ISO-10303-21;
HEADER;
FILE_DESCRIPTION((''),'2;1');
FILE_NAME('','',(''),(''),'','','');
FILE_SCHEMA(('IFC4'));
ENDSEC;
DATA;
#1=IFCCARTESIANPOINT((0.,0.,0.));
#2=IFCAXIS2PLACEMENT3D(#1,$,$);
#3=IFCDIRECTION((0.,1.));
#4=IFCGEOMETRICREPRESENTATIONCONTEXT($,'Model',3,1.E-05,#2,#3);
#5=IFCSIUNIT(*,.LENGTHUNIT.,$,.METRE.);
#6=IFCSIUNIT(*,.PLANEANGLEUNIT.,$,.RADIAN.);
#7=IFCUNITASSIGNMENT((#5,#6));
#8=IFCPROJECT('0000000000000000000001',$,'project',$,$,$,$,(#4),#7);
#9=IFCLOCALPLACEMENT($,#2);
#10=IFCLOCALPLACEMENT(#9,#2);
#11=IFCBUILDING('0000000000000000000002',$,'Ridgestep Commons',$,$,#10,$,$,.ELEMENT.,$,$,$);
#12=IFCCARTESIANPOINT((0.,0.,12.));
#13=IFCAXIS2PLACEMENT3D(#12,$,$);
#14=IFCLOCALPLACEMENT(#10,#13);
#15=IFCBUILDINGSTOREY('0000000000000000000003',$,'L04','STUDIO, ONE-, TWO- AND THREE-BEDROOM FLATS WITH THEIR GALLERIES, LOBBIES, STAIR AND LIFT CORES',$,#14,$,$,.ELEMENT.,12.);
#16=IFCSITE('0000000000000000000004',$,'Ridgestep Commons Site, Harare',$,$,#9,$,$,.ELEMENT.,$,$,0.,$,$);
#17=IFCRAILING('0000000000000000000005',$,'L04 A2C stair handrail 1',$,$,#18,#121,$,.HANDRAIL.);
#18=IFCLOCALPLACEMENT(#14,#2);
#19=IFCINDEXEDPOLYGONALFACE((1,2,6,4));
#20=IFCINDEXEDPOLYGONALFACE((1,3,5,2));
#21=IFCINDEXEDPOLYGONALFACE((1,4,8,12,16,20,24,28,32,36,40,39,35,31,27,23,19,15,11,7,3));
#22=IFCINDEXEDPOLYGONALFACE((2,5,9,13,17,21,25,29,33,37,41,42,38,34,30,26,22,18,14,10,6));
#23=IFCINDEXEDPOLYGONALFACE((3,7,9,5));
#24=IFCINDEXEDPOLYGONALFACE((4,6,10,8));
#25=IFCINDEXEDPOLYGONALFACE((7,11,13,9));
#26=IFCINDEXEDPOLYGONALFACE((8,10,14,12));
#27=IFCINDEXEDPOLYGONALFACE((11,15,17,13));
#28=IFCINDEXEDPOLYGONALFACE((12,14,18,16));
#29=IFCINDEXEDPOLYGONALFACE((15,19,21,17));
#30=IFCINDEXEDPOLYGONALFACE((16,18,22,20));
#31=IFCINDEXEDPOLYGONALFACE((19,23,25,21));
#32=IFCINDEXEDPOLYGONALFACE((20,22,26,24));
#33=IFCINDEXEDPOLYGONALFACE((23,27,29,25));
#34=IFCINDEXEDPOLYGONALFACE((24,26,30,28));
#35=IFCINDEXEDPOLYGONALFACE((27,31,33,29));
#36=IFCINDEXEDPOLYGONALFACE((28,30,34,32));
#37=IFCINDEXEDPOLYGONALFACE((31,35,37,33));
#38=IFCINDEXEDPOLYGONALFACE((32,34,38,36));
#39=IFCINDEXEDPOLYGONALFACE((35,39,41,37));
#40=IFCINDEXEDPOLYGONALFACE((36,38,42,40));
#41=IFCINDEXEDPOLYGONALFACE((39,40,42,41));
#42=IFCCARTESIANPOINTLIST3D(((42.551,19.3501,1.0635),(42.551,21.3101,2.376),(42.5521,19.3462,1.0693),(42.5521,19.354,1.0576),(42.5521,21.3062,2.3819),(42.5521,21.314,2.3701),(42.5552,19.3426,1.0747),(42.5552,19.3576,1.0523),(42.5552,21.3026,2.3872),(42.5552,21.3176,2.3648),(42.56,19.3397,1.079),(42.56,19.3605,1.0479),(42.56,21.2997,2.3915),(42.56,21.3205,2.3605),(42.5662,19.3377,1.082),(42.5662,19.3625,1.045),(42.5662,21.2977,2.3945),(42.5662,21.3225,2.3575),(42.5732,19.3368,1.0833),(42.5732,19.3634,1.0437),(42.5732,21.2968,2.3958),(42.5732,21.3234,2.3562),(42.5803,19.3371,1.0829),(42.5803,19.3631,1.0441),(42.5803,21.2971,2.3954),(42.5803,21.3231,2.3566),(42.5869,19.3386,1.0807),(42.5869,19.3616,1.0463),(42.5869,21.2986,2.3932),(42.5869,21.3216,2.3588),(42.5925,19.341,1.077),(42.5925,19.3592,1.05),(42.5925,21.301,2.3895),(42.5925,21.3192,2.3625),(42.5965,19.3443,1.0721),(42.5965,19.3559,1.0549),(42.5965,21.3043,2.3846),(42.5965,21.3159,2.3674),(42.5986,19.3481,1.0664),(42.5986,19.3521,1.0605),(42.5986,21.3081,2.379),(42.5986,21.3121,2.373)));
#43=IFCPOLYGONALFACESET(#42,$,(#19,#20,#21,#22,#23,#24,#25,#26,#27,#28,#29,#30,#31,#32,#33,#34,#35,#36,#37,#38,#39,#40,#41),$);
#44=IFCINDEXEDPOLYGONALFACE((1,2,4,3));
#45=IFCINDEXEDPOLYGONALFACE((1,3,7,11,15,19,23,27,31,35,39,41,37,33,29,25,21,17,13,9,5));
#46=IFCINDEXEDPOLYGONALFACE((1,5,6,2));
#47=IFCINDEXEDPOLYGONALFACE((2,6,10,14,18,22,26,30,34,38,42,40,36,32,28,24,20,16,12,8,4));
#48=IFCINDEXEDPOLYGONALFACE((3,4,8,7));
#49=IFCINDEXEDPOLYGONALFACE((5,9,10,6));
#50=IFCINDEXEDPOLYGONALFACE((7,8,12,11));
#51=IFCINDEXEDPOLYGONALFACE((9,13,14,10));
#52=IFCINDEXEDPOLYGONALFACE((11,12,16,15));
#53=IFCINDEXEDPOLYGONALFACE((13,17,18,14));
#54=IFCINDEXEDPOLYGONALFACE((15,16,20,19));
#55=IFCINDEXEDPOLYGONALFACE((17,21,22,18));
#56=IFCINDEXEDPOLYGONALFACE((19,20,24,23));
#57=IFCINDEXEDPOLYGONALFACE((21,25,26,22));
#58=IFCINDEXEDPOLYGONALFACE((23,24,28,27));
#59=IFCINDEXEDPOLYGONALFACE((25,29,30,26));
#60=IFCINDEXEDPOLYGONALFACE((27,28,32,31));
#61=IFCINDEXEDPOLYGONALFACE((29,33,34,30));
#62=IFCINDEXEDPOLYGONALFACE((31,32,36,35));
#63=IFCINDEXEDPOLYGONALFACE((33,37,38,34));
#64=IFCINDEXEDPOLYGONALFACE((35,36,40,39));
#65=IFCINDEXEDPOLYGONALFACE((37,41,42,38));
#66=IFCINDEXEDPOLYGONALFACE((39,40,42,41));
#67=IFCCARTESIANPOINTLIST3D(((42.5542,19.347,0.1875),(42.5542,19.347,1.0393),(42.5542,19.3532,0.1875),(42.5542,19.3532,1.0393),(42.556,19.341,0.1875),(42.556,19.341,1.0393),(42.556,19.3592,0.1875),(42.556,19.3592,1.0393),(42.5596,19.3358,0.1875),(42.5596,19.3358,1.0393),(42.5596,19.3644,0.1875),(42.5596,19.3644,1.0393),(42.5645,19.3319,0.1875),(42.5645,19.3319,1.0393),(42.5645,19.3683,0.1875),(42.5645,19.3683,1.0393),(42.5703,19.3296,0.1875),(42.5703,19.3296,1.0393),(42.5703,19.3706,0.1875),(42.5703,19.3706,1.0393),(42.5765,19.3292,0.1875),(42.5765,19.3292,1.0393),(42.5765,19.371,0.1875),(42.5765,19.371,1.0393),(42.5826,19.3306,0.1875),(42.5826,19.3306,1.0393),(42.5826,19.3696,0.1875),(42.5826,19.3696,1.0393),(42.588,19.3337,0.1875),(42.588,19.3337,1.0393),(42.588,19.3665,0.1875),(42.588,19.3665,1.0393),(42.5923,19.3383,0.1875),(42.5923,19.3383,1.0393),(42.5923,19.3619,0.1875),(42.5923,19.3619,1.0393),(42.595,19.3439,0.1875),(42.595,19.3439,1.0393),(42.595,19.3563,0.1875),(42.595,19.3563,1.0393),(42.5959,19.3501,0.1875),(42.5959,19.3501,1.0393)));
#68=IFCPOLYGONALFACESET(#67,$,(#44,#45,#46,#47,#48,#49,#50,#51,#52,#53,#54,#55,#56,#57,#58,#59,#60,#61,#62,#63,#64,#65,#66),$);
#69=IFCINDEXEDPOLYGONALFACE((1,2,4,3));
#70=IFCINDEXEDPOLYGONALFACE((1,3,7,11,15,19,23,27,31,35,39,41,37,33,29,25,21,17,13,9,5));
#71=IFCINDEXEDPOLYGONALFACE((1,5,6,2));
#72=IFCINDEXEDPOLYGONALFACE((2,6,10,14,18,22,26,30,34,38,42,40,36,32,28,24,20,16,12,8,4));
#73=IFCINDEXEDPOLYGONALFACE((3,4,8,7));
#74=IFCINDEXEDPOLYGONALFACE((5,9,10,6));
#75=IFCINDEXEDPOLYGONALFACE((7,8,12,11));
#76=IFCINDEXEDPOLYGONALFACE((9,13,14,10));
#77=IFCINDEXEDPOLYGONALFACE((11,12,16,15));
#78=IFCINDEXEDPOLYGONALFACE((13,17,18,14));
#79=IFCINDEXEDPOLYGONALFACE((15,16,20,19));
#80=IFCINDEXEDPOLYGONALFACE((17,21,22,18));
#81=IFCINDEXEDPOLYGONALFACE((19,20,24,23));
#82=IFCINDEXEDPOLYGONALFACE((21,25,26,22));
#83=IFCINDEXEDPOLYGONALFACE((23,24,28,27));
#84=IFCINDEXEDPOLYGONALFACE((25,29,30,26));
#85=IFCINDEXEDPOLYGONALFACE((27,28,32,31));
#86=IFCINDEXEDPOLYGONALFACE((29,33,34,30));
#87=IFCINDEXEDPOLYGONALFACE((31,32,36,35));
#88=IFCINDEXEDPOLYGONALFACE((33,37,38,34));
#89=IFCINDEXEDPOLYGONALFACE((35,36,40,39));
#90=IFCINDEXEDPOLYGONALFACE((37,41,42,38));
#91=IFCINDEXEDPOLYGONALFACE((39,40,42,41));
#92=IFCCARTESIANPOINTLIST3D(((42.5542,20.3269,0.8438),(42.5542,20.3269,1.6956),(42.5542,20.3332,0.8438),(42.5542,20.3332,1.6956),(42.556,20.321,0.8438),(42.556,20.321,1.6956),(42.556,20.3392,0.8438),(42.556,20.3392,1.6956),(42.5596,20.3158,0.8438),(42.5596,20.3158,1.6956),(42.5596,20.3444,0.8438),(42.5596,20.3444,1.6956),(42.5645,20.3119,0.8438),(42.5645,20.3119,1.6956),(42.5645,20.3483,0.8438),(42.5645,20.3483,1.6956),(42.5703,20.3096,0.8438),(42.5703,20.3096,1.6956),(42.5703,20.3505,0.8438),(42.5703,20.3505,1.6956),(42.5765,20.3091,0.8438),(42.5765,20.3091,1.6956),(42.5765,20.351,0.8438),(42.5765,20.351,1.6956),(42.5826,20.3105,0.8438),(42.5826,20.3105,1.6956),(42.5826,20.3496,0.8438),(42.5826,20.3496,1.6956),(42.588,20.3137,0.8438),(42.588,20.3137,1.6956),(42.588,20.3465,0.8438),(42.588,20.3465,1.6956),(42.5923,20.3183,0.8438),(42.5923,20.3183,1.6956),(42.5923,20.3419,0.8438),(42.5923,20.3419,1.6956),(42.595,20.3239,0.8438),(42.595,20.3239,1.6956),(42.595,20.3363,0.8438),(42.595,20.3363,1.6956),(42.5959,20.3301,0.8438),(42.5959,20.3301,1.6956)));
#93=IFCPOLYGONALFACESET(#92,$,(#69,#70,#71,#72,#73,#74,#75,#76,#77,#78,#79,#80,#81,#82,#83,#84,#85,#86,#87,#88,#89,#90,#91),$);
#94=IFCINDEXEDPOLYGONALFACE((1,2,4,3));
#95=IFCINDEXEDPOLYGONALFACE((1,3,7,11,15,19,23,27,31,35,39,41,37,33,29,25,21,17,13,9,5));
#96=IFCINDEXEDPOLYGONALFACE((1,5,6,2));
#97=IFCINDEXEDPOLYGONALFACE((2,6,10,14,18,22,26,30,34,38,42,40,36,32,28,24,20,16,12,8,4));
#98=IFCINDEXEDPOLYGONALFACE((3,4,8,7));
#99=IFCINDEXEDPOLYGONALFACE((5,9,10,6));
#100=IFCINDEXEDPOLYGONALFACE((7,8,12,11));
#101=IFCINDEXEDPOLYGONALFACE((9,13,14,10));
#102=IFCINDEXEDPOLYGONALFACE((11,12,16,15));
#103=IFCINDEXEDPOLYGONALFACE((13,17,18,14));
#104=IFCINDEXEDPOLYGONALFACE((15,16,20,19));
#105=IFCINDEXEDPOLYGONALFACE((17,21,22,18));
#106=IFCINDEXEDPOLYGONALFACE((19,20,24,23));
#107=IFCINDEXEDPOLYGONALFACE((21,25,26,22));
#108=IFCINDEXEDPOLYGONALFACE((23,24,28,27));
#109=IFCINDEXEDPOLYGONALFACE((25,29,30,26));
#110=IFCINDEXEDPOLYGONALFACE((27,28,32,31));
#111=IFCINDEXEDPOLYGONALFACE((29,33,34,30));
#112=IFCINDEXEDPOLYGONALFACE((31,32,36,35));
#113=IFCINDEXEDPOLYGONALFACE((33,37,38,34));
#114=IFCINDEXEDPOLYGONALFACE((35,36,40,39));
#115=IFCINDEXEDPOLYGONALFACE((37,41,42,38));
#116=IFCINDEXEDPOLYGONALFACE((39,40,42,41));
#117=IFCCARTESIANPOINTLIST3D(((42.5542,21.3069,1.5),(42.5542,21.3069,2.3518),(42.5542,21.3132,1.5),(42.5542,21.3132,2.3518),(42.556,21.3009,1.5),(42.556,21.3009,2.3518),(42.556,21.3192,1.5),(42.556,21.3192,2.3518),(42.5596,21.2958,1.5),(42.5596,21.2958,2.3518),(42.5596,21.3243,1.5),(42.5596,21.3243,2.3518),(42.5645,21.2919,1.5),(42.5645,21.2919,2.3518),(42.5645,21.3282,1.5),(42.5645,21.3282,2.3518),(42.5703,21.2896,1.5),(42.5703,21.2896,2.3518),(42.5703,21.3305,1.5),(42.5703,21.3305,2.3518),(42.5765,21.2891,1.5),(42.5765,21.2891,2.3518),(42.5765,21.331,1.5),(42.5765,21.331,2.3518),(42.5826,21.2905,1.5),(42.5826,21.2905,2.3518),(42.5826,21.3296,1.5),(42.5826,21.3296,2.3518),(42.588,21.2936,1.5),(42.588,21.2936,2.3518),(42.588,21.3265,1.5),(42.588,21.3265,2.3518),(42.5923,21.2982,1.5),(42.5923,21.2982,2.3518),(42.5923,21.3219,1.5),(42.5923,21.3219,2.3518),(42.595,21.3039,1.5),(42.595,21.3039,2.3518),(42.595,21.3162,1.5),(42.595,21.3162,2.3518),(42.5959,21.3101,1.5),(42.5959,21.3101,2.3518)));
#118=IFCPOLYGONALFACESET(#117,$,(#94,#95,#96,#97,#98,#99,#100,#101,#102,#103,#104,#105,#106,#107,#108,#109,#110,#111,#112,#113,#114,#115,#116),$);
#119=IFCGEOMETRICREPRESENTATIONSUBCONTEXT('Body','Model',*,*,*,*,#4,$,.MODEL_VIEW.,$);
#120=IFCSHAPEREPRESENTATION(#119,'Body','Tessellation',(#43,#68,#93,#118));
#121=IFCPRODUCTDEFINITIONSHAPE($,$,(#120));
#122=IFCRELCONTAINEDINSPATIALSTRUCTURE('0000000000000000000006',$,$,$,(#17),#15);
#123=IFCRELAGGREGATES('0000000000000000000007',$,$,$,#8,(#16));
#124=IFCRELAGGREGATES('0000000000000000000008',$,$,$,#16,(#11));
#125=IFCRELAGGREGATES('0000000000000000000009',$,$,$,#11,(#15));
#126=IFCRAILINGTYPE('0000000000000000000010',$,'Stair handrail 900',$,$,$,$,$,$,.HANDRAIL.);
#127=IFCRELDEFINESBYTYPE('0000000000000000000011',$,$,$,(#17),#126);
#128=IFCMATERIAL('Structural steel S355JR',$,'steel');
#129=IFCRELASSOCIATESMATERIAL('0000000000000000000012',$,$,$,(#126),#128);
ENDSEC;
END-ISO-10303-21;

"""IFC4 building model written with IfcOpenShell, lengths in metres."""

from ifc_helpers import new_model, si_unit, direction, frame, origin, origin_2d, place, context, subcontext, project, spatial, circle, extrude, material, type_object, element, save


model = new_model("IFC4")

# Units and contexts
model_context = context("Model", 3, precision=1e-05, world=origin(), true_north=direction((0.0, 1.0)))
body_context = subcontext(model_context, "Body", "Model", "MODEL_VIEW")
ifc_project = project(units=[si_unit("LENGTHUNIT", "METRE"), si_unit("PLANEANGLEUNIT", "RADIAN")], contexts=[model_context])

# Site, building, storey
site_placement = place(None, origin())
site = spatial("IfcSite", under=ifc_project, at=site_placement, Name="Ridgestep Commons Site, Harare", CompositionType="ELEMENT", RefElevation=0.0)
building_placement = place(site_placement, origin())
building = spatial("IfcBuilding", under=site, at=building_placement, Name="Ridgestep Commons", CompositionType="ELEMENT")
storey_placement = place(building_placement, frame((0.0, 0.0, 12.0)))
storey = spatial("IfcBuildingStorey", under=building, at=storey_placement, Name="L04", Description="STUDIO, ONE-, TWO- AND THREE-BEDROOM FLATS WITH THEIR GALLERIES, LOBBIES, STAIR AND LIFT CORES", CompositionType="ELEMENT", Elevation=12.0)

# Railing
ifc_material_1 = material(Name="Structural steel S355JR", Category="steel")
railing_type_1 = type_object("IfcRailingType", Name="Stair handrail 900", PredefinedType="HANDRAIL", material=ifc_material_1)
railing_1_placement = place(storey_placement, frame((42.575, 19.3501, 0.1875)))
element("IfcRailing", 1, at=railing_1_placement, inside=storey, type_object=railing_type_1, Name="L04 A2C stair handrail 1", PredefinedType="HANDRAIL", context=body_context, shape_type="SweptSolid", body=[
    extrude(circle(Radius=0.0239, at=origin_2d()), frame((0.0, 0.0, 0.876), z_axis=(0.0, 0.830902, 0.556419), x_axis=(-1.0, 0.0, 0.0)), (0.0, 0.0, 1.0), 2.3589),
    extrude(circle(Radius=0.021, at=origin_2d()), origin(), (0.0, 0.0, 1.0), 0.8518),
    extrude(circle(Radius=0.021, at=origin_2d()), frame((0.0, 0.98, 0.6562)), (0.0, 0.0, 1.0), 0.8518),
    extrude(circle(Radius=0.021, at=origin_2d()), frame((0.0, 1.96, 1.3125)), (0.0, 0.0, 1.0), 0.8518),
])

save(model, "model.ifc")
